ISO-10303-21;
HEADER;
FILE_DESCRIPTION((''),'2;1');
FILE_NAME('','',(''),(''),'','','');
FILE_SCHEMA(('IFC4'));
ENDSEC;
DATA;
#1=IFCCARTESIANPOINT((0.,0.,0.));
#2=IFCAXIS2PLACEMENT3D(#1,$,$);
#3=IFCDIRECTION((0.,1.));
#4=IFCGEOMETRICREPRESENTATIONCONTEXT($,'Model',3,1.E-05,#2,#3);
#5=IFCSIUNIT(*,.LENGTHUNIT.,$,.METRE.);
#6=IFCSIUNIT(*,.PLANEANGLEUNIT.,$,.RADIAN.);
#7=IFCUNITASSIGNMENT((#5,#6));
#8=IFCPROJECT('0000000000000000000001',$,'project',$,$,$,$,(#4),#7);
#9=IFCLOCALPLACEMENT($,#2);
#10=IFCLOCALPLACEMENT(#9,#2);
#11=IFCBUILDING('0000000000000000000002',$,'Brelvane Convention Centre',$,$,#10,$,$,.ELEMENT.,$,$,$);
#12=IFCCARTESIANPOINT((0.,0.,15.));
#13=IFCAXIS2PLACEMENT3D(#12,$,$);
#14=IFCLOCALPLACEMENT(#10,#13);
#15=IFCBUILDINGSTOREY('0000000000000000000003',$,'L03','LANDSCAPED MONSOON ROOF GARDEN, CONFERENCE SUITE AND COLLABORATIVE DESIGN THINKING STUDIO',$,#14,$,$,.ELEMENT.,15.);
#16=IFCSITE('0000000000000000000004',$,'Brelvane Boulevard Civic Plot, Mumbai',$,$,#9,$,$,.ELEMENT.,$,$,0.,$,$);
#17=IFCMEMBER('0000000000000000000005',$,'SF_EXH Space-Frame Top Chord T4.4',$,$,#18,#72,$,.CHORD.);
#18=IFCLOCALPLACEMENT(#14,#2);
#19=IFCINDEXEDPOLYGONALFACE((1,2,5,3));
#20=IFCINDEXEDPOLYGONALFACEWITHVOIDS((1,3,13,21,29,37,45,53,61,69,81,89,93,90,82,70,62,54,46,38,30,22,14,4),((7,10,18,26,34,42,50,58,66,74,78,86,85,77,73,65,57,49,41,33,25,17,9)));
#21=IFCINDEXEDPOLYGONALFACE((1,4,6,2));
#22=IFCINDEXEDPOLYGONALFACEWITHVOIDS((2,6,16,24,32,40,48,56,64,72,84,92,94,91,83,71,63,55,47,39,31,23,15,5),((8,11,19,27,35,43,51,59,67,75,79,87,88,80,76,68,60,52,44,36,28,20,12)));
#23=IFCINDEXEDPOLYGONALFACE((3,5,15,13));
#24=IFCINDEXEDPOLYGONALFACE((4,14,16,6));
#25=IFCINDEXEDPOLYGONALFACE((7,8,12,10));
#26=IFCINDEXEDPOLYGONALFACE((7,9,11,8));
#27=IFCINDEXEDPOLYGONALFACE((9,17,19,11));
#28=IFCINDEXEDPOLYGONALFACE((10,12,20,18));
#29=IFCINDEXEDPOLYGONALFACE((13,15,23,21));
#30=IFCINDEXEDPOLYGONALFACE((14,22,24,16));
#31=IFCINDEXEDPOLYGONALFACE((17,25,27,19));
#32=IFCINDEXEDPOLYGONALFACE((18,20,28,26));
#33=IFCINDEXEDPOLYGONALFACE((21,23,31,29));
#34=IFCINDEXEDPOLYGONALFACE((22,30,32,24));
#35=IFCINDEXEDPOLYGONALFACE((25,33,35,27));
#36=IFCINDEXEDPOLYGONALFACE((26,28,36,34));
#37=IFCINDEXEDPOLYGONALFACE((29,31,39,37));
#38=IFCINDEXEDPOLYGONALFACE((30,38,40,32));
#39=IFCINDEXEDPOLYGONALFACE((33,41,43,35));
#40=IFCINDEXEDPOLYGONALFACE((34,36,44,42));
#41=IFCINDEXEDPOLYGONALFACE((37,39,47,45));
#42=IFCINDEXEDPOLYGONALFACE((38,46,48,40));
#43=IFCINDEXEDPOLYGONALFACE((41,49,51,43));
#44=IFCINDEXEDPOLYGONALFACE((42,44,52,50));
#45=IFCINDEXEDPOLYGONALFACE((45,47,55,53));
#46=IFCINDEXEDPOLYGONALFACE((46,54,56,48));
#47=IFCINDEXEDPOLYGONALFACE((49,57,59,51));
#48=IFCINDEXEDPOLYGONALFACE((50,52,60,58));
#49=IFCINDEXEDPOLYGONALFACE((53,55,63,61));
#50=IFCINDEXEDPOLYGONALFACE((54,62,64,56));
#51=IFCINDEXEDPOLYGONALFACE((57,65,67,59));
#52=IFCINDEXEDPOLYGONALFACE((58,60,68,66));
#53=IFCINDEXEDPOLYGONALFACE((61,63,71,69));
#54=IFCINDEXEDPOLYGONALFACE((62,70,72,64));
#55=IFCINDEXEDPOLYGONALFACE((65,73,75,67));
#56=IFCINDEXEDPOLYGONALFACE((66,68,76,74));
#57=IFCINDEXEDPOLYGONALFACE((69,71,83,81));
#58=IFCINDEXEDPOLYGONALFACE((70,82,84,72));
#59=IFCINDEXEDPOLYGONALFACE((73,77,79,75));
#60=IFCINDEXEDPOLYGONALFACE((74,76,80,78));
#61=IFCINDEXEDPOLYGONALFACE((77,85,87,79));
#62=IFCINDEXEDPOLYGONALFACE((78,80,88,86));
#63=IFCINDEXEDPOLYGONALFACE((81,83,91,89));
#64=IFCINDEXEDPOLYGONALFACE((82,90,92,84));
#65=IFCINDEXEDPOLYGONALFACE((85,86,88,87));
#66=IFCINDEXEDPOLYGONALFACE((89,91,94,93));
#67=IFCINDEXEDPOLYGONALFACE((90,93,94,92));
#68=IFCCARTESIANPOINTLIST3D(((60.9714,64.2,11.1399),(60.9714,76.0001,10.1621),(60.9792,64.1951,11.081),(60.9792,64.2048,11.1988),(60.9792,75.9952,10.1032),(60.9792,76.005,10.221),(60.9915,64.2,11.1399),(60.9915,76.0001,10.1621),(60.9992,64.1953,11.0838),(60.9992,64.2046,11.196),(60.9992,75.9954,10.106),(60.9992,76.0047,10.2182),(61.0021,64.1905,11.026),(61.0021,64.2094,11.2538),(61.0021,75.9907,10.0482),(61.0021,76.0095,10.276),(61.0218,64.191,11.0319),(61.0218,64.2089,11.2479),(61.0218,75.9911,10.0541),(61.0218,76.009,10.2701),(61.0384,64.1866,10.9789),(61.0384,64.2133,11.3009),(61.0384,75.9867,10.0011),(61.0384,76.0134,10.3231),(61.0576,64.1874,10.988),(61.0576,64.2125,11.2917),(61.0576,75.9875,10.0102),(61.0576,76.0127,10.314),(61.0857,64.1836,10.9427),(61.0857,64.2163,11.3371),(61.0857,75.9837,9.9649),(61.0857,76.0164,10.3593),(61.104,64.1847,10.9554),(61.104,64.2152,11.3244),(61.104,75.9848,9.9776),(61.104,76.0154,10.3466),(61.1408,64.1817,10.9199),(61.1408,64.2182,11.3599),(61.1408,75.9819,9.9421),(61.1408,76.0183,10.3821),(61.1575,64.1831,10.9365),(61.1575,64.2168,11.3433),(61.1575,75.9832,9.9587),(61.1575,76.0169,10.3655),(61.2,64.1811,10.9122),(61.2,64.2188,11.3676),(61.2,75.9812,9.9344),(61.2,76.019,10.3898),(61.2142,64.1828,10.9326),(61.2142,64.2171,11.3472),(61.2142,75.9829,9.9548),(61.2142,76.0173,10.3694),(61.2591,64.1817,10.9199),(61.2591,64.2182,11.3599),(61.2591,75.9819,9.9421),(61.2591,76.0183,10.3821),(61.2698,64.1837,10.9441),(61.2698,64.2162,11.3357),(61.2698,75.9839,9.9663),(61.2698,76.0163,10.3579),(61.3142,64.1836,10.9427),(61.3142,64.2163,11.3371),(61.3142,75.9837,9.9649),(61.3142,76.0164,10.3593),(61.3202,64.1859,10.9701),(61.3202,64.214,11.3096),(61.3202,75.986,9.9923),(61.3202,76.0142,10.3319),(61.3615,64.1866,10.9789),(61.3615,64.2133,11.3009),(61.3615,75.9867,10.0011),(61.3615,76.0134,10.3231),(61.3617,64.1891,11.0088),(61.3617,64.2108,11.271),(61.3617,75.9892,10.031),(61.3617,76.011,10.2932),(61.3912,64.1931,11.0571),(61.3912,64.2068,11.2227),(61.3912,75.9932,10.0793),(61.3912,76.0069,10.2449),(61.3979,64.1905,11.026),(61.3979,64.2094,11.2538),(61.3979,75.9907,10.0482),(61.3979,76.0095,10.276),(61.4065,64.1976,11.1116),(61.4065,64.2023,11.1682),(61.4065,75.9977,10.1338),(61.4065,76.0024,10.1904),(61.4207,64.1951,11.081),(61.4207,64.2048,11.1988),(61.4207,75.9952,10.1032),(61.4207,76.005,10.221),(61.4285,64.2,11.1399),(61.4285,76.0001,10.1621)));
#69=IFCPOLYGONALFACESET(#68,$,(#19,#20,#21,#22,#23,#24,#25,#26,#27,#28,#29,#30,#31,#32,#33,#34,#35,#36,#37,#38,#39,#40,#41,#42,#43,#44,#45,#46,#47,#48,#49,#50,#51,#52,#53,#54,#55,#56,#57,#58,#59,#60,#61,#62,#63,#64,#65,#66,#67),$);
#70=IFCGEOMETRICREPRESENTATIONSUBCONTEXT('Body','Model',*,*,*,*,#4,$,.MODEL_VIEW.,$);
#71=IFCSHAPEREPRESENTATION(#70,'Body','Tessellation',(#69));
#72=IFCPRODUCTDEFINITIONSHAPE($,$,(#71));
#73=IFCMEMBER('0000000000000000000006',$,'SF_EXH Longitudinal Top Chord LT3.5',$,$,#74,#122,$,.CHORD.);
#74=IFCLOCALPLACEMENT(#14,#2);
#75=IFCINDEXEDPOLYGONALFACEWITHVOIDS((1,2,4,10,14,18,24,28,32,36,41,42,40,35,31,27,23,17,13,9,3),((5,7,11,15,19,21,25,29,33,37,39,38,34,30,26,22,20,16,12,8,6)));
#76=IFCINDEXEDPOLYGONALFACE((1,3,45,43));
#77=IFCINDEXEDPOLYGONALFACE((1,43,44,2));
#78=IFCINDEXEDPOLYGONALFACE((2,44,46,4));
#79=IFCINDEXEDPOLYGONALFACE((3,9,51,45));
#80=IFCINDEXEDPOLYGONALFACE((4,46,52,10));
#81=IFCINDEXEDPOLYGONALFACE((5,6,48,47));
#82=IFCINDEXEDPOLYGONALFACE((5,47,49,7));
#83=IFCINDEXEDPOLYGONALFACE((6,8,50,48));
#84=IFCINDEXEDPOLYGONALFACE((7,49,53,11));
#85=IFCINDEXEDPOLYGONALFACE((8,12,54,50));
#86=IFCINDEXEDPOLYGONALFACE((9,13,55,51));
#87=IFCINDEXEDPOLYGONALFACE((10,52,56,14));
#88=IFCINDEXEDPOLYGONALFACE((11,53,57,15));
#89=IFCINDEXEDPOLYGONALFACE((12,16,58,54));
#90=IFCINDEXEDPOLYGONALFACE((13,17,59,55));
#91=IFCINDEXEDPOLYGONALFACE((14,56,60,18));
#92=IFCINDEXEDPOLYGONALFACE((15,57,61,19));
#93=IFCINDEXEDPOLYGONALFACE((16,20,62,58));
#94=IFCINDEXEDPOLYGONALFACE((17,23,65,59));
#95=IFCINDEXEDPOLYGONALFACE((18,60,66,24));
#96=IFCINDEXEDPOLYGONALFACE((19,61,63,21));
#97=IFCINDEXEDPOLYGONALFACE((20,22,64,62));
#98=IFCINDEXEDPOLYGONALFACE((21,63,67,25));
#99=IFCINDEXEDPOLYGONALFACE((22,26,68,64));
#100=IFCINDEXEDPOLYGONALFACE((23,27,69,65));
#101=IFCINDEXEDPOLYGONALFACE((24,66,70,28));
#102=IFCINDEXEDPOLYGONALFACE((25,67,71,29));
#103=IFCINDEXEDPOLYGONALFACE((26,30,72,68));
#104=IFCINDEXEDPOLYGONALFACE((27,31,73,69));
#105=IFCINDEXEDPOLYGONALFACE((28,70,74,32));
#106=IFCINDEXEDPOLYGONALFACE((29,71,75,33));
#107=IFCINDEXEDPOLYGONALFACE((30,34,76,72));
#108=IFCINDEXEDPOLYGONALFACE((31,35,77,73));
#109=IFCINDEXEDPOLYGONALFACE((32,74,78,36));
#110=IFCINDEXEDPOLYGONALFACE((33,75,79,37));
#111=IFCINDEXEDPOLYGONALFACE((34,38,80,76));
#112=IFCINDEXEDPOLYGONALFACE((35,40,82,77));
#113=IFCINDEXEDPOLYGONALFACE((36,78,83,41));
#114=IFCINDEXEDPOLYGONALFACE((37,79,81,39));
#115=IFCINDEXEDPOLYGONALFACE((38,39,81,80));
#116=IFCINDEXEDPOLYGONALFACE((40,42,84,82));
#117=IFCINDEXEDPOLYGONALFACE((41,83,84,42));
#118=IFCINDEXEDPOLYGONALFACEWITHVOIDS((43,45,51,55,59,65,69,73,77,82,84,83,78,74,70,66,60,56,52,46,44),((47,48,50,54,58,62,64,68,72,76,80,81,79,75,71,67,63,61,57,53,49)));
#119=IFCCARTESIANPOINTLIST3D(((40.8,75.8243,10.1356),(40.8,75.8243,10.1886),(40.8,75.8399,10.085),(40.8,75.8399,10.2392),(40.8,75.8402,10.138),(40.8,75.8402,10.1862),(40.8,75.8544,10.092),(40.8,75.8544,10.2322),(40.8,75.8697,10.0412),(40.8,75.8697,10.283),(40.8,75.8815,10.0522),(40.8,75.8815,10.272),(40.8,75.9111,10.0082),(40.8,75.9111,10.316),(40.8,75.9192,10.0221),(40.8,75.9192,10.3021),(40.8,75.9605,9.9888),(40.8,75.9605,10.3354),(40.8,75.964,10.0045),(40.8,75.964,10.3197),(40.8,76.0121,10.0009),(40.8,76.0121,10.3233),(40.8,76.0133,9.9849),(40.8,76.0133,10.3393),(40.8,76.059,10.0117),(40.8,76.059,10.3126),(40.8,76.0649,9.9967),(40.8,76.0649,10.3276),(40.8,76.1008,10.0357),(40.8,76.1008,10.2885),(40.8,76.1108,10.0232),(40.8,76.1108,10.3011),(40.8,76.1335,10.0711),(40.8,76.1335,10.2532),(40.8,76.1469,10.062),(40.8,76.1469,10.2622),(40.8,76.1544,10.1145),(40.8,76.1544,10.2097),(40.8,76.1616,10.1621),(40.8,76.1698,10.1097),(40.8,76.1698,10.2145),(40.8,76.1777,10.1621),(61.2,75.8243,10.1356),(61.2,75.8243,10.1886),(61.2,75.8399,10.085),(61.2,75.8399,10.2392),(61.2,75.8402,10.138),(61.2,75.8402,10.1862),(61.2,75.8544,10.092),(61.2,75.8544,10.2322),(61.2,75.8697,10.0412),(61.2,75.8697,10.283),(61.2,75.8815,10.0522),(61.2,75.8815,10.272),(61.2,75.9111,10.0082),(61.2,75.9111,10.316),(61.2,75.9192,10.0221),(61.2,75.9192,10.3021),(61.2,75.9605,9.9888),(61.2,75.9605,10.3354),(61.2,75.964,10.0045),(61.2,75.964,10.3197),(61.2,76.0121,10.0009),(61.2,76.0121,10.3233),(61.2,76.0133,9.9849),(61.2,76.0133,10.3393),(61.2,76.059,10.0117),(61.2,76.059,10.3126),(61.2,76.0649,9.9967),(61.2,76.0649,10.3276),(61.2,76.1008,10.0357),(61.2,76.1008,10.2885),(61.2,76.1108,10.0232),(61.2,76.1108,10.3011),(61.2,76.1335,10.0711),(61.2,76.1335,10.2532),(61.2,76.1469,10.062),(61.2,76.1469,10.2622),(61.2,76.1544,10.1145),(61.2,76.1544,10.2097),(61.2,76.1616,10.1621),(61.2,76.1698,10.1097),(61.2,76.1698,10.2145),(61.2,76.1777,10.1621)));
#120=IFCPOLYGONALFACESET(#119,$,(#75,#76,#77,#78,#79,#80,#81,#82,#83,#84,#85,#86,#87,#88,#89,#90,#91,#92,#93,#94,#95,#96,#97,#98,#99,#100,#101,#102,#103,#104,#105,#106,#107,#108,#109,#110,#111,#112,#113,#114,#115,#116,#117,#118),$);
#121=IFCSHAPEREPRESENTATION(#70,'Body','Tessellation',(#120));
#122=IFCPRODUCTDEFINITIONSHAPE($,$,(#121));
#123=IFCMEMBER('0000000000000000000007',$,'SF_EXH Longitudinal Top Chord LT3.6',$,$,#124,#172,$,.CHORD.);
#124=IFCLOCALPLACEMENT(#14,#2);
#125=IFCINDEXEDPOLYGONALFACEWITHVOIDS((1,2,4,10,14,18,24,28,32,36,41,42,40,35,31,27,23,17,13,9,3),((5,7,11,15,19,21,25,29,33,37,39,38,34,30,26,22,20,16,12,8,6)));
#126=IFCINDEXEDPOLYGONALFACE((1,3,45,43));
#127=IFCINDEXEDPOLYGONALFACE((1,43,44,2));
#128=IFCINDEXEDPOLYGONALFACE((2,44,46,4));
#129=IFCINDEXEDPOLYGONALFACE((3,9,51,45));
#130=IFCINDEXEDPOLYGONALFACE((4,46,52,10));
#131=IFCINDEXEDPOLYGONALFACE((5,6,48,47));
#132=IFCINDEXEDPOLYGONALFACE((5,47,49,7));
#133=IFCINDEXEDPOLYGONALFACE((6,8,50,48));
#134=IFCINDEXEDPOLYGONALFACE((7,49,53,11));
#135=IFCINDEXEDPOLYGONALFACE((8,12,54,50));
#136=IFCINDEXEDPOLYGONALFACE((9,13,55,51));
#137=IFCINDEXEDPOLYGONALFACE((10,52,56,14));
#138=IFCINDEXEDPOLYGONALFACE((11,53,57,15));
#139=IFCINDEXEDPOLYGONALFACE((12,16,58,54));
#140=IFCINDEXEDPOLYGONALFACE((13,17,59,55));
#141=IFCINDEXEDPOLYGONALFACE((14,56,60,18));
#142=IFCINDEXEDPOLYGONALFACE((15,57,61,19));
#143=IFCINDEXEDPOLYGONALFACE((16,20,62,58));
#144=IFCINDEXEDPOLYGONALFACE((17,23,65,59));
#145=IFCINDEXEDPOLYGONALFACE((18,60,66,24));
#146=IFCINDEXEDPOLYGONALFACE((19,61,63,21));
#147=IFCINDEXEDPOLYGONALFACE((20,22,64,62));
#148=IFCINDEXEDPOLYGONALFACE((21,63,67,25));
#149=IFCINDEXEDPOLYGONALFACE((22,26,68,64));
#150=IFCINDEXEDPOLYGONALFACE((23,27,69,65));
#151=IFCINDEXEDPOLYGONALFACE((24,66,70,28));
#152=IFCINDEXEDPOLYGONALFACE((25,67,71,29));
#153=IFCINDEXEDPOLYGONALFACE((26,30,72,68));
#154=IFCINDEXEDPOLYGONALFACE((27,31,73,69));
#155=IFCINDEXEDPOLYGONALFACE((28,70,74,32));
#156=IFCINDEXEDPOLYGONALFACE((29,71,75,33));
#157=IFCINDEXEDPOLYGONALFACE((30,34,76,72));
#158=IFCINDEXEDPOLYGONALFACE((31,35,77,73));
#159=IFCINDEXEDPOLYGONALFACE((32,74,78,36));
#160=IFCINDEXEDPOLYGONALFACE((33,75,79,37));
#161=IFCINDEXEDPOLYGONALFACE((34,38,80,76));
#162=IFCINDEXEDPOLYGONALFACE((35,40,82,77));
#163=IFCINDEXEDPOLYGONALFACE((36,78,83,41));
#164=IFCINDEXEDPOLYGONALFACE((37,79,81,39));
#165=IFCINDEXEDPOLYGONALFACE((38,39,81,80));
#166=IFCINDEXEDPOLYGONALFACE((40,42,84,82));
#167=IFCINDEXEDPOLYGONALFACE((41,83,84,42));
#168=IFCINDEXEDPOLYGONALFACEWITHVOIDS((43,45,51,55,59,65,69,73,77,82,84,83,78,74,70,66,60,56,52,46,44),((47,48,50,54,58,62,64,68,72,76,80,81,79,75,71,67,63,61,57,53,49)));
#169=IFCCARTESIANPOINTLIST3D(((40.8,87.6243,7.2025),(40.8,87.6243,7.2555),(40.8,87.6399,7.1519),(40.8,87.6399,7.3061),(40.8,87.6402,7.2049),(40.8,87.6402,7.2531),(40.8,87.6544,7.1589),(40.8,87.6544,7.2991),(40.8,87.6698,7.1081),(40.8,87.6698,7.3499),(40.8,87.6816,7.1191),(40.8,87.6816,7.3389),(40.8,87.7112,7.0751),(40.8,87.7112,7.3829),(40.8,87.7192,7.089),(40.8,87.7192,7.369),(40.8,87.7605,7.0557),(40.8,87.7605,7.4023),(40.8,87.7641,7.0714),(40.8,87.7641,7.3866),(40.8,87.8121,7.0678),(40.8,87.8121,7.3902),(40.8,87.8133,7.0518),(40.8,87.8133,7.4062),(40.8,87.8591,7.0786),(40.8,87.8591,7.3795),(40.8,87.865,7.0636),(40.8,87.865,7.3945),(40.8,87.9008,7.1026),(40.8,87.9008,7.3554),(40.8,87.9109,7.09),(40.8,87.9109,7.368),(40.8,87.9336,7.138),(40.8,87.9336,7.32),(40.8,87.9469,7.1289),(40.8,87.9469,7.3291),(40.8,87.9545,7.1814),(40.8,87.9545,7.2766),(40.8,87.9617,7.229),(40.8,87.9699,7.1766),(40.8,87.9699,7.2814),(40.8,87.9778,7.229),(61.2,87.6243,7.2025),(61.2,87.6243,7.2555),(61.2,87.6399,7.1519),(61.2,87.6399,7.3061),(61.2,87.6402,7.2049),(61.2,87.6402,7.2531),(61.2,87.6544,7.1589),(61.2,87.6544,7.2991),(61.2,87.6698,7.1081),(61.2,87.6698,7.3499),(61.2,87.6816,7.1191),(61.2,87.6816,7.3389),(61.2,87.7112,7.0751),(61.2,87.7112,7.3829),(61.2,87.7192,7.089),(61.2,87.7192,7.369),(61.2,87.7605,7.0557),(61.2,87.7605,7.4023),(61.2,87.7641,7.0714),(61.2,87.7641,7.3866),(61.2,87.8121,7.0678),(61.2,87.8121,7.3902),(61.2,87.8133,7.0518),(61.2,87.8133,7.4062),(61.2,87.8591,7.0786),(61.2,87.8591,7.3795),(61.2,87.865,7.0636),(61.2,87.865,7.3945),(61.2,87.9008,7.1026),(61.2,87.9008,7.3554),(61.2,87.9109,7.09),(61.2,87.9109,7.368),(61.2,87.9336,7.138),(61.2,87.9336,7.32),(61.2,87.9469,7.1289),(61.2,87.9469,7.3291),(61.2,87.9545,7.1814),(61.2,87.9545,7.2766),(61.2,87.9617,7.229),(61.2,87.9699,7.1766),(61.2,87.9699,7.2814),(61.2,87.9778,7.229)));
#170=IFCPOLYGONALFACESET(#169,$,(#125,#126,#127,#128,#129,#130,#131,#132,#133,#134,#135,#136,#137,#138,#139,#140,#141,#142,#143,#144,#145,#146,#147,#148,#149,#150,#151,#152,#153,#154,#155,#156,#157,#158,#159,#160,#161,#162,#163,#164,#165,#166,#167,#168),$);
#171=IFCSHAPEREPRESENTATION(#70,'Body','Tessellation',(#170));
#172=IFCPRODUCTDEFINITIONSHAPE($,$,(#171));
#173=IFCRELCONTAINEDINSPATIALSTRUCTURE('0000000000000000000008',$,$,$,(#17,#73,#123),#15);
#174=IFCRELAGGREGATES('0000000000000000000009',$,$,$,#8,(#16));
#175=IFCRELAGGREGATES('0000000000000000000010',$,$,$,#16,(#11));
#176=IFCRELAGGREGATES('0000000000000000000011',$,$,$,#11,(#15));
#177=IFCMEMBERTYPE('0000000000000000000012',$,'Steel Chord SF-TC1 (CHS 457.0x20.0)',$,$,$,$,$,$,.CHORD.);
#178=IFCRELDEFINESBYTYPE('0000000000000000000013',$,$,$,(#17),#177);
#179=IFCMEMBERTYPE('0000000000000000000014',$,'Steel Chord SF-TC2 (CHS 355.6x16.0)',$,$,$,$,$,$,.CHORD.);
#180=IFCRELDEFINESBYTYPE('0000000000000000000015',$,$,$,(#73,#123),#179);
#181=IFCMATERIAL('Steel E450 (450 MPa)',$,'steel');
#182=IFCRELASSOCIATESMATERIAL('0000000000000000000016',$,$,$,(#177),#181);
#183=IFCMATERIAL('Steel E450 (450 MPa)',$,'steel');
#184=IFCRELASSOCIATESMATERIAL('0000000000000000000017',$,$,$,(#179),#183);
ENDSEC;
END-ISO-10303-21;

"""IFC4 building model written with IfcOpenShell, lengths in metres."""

from ifc_helpers import new_model, si_unit, direction, frame, origin, origin_2d, place, context, subcontext, project, spatial, hollow_circle, extrude, material, material_profile, profile_set, type_object, element, save


model = new_model("IFC4")

# Units and contexts
model_context = context("Model", 3, precision=1e-05, world=origin(), true_north=direction((0.0, 1.0)))
body_context = subcontext(model_context, "Body", "Model", "MODEL_VIEW")
ifc_project = project(units=[si_unit("LENGTHUNIT", "METRE"), si_unit("PLANEANGLEUNIT", "RADIAN")], contexts=[model_context])

# Site, building, storey
site_placement = place(None, origin())
site = spatial("IfcSite", under=ifc_project, at=site_placement, Name="Brelvane Boulevard Civic Plot, Mumbai", CompositionType="ELEMENT", RefElevation=0.0)
building_placement = place(site_placement, origin())
building = spatial("IfcBuilding", under=site, at=building_placement, Name="Brelvane Convention Centre", CompositionType="ELEMENT")
storey_placement = place(building_placement, frame((0.0, 0.0, 15.0)))
storey = spatial("IfcBuildingStorey", under=building, at=storey_placement, Name="L03", Description="LANDSCAPED MONSOON ROOF GARDEN, CONFERENCE SUITE AND COLLABORATIVE DESIGN THINKING STUDIO", CompositionType="ELEMENT", Elevation=15.0)

# Members
ifc_material_1 = material(Name="Steel E450 (450 MPa)", Category="steel")
ifc_material_profile_1 = material_profile(ifc_material_1, hollow_circle(Radius=0.2285, WallThickness=0.02, at=origin_2d()), Name="CHS 457.0x20.0")
ifc_profile_set_1 = profile_set([ifc_material_profile_1], Name="Steel E450 (450 MPa)")
member_type_1 = type_object("IfcMemberType", Name="Steel Chord SF-TC1 (CHS 457.0x20.0)", PredefinedType="CHORD", material=ifc_profile_set_1)
member_1_placement = place(storey_placement, frame((61.2, 64.2, 11.1399), z_axis=(0.0, 0.996584, -0.08258), x_axis=(-1.0, 0.0, 0.0)))
element("IfcMember", 1, at=member_1_placement, inside=storey, type_object=member_type_1, Name="SF_EXH Space-Frame Top Chord T4.4", PredefinedType="CHORD", context=body_context, shape_type="SweptSolid", body=[
    extrude(hollow_circle(Radius=0.2285, WallThickness=0.02, at=origin_2d()), origin(), (0.0, 0.0, 1.0), 11.8406),
])
ifc_material_2 = material(Name="Steel E450 (450 MPa)", Category="steel")
ifc_material_profile_2 = material_profile(ifc_material_2, hollow_circle(Radius=0.1777, WallThickness=0.0161, at=origin_2d()), Name="CHS 355.6x16.0")
ifc_profile_set_2 = profile_set([ifc_material_profile_2], Name="Steel E450 (450 MPa)")
member_type_2 = type_object("IfcMemberType", Name="Steel Chord SF-TC2 (CHS 355.6x16.0)", PredefinedType="CHORD", material=ifc_profile_set_2)
for number, where, z_axis, x_axis, name in (
    (2, (40.8, 76.0, 10.1621), (1.0, 0.0, 0.0), (0.0, 1.0, 0.0), "SF_EXH Longitudinal Top Chord LT3.5"),
    (3, (40.8, 87.8, 7.229), (1.0, 0.0, 0.0), (0.0, 1.0, 0.0), "SF_EXH Longitudinal Top Chord LT3.6"),
):
    element("IfcMember", number, at=place(storey_placement, frame(where, z_axis=z_axis, x_axis=x_axis)), inside=storey, type_object=member_type_2, Name=name, PredefinedType="CHORD", context=body_context, shape_type="SweptSolid", body=[
        extrude(hollow_circle(Radius=0.1777, WallThickness=0.0161, at=origin_2d()), origin(), (0.0, 0.0, 1.0), 20.3999),
    ])

save(model, "model.ifc")
